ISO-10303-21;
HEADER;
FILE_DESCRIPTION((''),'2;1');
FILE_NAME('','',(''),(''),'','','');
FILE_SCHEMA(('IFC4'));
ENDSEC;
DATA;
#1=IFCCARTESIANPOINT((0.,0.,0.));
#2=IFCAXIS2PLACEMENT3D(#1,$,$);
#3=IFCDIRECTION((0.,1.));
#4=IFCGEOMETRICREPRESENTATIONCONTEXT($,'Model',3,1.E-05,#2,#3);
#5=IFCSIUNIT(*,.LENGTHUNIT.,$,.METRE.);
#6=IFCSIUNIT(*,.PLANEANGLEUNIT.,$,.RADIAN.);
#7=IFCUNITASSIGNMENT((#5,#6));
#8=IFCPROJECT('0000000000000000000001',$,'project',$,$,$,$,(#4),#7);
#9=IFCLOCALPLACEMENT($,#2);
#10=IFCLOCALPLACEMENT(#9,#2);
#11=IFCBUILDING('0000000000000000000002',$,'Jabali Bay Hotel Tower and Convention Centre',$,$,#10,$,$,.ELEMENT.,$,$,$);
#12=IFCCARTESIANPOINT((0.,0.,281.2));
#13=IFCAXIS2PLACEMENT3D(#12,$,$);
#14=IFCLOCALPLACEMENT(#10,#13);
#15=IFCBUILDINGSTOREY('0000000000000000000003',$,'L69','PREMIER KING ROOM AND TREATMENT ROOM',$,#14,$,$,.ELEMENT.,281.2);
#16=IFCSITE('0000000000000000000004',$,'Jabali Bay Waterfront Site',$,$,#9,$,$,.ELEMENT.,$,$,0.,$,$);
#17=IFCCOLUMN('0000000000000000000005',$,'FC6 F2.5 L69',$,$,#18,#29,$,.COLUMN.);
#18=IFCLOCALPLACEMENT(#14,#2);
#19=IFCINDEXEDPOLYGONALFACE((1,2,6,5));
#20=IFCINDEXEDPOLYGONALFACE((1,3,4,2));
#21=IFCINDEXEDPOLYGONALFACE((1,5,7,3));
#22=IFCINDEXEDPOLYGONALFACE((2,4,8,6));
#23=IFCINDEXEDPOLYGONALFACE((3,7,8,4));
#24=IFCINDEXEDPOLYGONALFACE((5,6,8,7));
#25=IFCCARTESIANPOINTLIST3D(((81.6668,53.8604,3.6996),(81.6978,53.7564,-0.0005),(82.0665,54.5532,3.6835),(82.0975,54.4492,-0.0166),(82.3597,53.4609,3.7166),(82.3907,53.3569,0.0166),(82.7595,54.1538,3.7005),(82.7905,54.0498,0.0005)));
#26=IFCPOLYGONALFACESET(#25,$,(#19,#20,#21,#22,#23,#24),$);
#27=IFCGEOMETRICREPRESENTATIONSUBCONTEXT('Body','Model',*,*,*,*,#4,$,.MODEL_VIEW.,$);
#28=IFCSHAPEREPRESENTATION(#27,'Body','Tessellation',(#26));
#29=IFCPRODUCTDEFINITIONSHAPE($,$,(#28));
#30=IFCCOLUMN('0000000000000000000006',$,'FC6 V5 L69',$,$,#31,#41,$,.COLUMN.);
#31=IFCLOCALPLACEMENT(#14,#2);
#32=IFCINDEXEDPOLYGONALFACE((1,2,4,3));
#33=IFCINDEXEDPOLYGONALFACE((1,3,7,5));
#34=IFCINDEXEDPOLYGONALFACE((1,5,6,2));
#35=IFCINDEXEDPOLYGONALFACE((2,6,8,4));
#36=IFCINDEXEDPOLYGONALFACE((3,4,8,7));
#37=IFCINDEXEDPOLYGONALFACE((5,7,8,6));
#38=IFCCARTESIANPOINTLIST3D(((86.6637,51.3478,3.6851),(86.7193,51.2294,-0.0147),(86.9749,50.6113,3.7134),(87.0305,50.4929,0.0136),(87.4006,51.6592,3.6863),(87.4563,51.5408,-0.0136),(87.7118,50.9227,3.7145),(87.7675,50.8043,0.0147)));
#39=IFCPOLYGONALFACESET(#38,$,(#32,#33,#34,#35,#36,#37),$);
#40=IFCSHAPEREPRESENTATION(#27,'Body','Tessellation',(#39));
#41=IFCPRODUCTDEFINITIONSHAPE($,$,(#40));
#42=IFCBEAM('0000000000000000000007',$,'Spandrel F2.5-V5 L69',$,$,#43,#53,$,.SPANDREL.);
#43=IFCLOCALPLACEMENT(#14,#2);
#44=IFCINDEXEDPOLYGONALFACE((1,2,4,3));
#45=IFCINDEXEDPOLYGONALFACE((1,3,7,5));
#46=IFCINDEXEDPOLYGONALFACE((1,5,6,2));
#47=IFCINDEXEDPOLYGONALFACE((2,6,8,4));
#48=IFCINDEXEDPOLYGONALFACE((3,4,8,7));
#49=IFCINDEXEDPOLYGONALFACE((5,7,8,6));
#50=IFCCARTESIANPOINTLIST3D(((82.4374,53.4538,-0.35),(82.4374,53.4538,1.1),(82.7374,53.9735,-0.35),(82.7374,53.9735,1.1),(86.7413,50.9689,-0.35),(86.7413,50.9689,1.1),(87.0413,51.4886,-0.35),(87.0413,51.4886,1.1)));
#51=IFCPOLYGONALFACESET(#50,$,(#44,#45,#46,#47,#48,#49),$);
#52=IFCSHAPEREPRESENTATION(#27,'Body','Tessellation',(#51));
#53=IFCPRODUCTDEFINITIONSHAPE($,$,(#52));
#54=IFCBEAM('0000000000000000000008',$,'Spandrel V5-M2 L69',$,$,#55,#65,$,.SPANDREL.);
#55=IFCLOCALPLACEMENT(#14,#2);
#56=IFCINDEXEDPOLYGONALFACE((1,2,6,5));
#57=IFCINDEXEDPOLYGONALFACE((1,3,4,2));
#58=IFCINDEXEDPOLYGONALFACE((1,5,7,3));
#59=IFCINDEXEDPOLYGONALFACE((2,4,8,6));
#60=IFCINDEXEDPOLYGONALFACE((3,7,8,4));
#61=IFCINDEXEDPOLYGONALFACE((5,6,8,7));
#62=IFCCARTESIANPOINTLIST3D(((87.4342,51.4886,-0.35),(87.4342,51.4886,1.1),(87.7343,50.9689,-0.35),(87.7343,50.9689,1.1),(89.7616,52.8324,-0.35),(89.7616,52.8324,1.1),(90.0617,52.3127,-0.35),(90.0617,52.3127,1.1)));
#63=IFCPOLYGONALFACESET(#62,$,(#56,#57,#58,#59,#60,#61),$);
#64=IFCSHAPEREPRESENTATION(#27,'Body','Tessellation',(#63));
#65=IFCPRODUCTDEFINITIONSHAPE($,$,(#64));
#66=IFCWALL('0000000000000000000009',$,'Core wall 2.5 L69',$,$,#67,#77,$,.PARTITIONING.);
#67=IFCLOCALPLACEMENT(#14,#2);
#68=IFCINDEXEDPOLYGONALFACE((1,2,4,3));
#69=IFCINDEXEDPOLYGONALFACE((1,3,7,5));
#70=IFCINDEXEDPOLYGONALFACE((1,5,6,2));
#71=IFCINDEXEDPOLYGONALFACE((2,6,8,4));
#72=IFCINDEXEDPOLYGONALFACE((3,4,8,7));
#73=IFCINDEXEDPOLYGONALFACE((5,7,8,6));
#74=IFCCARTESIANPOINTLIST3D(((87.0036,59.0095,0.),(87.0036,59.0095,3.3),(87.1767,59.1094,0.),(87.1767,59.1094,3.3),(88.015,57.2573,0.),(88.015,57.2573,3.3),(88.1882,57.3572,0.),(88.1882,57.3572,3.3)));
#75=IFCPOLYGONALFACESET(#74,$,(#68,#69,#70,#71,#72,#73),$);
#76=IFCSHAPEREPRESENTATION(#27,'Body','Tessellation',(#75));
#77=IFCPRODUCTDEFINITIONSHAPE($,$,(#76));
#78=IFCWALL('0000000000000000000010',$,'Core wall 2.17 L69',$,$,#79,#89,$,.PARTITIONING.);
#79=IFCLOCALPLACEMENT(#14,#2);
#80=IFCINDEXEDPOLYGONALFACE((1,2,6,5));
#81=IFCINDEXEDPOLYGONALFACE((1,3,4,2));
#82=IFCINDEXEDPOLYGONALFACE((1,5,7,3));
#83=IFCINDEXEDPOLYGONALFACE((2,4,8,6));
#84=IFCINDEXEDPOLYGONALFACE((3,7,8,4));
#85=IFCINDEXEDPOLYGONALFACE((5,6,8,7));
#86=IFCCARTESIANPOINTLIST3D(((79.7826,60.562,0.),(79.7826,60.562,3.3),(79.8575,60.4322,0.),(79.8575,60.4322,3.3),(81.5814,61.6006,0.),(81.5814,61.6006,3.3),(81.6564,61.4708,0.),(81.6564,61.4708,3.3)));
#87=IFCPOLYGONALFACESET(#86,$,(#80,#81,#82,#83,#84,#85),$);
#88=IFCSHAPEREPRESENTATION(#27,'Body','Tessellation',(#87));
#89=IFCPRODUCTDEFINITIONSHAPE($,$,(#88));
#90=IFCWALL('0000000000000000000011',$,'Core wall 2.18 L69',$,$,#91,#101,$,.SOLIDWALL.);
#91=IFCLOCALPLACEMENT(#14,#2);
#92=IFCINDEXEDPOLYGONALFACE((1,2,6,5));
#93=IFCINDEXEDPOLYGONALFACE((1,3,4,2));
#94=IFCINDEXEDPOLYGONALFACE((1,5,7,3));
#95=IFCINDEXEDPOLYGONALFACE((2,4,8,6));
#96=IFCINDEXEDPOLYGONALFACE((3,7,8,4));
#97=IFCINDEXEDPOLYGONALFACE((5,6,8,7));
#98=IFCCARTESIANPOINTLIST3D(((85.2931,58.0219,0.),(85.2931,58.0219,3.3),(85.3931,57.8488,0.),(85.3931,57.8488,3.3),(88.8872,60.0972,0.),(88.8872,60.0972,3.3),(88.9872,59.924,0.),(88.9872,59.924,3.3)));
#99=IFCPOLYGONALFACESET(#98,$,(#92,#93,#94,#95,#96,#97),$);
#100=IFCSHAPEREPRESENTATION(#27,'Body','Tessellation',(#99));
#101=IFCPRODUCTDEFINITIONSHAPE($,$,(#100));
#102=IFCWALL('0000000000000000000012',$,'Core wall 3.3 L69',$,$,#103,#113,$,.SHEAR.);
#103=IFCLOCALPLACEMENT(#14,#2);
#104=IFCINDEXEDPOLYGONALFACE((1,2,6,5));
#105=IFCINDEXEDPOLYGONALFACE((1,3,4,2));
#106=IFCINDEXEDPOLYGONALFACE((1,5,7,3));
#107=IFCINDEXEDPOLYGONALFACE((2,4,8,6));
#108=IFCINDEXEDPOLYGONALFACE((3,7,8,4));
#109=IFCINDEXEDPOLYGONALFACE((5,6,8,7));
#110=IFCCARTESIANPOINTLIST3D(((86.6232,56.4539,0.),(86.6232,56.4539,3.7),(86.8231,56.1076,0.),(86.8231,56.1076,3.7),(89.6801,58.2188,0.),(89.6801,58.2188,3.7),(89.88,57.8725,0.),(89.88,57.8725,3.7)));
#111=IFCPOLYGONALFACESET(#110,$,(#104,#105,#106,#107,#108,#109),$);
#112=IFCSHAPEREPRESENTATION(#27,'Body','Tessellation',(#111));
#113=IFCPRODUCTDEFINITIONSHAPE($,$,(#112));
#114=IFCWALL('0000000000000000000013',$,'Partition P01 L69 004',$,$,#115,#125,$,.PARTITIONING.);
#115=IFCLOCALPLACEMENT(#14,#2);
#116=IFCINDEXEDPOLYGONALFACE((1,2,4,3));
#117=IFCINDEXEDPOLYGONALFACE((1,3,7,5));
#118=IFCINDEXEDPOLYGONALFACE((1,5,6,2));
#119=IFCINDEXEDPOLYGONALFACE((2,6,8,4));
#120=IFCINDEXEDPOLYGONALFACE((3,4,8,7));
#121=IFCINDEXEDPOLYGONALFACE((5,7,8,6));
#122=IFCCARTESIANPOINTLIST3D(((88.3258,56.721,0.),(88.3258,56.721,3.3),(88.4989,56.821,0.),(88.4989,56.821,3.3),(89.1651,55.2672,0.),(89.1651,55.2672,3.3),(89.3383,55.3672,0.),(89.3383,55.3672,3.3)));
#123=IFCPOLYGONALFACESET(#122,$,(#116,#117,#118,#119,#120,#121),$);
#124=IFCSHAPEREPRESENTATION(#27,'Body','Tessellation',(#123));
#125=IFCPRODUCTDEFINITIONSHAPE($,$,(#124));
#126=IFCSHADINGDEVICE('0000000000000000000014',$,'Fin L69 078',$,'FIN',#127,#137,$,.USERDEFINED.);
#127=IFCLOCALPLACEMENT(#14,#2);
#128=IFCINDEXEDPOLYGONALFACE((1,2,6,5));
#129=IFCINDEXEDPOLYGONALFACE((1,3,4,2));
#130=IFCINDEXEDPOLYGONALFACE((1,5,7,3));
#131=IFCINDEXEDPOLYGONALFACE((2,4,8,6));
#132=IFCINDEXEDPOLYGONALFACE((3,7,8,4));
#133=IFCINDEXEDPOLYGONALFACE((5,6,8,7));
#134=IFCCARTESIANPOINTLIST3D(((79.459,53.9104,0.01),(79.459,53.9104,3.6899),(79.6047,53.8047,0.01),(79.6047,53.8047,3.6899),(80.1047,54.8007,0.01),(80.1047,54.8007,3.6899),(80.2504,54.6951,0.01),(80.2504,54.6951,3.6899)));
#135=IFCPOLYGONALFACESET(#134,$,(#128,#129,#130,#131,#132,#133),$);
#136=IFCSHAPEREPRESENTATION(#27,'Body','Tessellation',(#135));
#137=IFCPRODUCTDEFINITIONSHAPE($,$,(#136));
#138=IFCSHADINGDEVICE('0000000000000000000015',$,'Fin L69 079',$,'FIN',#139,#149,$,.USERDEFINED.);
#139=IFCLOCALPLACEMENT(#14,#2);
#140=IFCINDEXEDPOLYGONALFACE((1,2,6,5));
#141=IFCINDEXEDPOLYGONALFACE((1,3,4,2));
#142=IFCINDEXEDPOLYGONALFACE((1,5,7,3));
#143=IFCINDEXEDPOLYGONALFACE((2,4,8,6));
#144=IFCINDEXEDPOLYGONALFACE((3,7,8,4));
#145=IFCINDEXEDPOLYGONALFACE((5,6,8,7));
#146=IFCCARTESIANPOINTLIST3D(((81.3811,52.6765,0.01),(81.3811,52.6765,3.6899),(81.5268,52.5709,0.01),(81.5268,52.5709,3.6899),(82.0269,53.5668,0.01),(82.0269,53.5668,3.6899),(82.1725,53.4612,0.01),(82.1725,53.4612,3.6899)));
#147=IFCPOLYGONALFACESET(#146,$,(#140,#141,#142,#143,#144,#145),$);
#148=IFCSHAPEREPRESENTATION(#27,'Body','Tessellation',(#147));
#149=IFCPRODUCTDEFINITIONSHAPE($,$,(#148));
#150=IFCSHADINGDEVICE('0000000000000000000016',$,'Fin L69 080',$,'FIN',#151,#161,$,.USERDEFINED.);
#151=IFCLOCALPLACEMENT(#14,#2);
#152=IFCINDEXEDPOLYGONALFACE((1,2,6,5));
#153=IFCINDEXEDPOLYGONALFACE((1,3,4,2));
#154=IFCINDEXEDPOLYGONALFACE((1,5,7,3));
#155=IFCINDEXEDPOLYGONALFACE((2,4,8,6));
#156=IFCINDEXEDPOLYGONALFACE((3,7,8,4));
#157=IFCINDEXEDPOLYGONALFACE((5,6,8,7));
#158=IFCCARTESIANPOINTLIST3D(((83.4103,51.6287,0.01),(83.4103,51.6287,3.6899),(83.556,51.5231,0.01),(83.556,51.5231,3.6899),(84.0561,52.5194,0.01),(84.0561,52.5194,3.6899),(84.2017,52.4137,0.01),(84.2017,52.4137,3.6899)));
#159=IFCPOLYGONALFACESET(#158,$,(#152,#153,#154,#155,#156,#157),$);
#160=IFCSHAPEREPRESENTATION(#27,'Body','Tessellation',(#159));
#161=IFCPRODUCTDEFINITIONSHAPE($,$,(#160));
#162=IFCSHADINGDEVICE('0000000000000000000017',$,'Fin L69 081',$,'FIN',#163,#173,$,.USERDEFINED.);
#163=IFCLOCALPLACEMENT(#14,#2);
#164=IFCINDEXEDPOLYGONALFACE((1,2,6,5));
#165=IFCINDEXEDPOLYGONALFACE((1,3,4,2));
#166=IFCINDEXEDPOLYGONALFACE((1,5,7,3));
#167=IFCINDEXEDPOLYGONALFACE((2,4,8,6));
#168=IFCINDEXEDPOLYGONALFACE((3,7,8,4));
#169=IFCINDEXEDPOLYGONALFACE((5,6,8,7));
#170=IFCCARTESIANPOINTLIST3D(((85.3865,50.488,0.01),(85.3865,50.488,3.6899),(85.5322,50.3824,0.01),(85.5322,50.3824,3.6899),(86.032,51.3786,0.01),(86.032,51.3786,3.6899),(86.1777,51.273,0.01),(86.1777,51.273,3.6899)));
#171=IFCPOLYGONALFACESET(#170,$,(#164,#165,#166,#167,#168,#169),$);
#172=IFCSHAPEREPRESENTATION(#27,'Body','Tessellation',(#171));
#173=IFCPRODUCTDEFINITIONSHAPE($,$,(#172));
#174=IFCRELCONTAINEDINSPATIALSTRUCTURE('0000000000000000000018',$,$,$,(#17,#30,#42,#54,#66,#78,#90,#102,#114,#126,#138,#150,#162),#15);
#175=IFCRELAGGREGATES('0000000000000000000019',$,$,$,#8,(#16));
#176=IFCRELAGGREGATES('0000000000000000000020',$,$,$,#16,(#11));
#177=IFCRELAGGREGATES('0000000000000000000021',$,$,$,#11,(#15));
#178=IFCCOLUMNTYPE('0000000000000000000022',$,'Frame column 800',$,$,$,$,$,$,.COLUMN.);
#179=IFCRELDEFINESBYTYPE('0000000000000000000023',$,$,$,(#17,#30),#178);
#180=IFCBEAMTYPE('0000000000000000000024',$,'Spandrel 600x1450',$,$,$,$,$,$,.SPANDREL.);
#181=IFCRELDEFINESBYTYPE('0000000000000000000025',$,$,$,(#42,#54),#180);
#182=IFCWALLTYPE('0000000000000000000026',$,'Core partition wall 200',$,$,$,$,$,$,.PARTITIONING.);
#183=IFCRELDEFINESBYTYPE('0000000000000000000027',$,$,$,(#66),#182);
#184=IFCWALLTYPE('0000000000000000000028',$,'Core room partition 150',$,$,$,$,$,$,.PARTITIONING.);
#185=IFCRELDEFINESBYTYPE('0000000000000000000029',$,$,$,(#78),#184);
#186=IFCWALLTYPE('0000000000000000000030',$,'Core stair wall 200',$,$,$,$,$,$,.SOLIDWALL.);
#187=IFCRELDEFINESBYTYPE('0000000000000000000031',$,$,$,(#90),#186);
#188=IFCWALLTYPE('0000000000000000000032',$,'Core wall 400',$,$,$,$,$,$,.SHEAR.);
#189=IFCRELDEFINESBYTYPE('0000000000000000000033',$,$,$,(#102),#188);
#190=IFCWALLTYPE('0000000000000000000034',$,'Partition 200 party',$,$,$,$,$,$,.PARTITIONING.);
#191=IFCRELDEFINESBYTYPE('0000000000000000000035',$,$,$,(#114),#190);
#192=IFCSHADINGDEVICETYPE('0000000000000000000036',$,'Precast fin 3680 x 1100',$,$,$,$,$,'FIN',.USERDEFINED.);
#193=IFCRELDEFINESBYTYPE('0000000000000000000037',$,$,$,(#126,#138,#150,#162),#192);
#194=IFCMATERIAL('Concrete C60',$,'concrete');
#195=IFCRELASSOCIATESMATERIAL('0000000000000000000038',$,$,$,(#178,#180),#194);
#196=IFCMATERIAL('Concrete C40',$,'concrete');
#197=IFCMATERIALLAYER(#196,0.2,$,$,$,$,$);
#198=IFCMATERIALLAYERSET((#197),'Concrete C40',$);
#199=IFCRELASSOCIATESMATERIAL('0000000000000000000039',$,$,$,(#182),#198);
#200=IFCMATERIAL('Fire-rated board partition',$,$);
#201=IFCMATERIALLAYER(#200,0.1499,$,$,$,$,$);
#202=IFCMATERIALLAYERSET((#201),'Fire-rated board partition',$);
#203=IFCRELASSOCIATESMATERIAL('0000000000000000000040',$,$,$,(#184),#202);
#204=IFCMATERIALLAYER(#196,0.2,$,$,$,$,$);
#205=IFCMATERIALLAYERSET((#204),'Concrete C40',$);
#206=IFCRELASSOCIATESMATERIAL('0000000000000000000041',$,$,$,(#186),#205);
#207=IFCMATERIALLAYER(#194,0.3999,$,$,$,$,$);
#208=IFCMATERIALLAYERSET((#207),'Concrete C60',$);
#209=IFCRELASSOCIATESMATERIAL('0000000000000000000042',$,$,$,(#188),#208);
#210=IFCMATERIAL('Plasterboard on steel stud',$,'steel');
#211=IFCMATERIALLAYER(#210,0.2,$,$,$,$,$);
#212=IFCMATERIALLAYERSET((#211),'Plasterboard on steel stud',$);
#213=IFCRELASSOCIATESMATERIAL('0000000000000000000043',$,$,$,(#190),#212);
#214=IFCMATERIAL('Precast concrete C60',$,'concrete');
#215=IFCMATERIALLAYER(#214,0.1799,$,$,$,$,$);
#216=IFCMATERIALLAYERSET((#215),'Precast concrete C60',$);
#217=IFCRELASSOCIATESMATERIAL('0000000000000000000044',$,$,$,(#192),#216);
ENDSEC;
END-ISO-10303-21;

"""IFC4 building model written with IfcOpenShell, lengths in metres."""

from ifc_helpers import new_model, si_unit, direction, frame, frame_2d, origin, origin_2d, place, context, subcontext, project, spatial, rectangle, extrude, material, layer, layer_set, material_profile, profile_set, type_object, element, save


model = new_model("IFC4")

# Units and contexts
model_context = context("Model", 3, precision=1e-05, world=origin(), true_north=direction((0.0, 1.0)))
body_context = subcontext(model_context, "Body", "Model", "MODEL_VIEW")
ifc_project = project(units=[si_unit("LENGTHUNIT", "METRE"), si_unit("PLANEANGLEUNIT", "RADIAN")], contexts=[model_context])

# Site, building, storey
site_placement = place(None, origin())
site = spatial("IfcSite", under=ifc_project, at=site_placement, Name="Jabali Bay Waterfront Site", CompositionType="ELEMENT", RefElevation=0.0)
building_placement = place(site_placement, origin())
building = spatial("IfcBuilding", under=site, at=building_placement, Name="Jabali Bay Hotel Tower and Convention Centre", CompositionType="ELEMENT")
storey_placement = place(building_placement, frame((0.0, 0.0, 281.2)))
storey = spatial("IfcBuildingStorey", under=building, at=storey_placement, Name="L69", Description="PREMIER KING ROOM AND TREATMENT ROOM", CompositionType="ELEMENT", Elevation=281.2)

# Columns
ifc_material_1 = material(Name="Concrete C60", Category="concrete")
ifc_material_profile_1 = material_profile(ifc_material_1, rectangle(XDim=0.8, YDim=0.8, at=origin_2d()), Name="Frame column 800")
ifc_profile_set_1 = profile_set([ifc_material_profile_1], Name="Concrete C60")
column_type = type_object("IfcColumnType", Name="Frame column 800", PredefinedType="COLUMN", material=ifc_profile_set_1)
column_1_placement = place(storey_placement, frame((82.2441, 53.9031, 0.0), z_axis=(-0.008376, 0.028097, 0.99957), x_axis=(-0.499676, -0.865978, 0.020155)))
element("IfcColumn", 1, at=column_1_placement, inside=storey, type_object=column_type, Name="FC6 F2.5 L69", PredefinedType="COLUMN", context=body_context, shape_type="SweptSolid", body=[
    extrude(rectangle(XDim=0.8, YDim=0.8, at=origin_2d()), origin(), (0.0, 0.0, 1.0), 3.7017),
])
column_2_placement = place(storey_placement, frame((87.2434, 51.0168, 0.0), z_axis=(-0.015035, 0.031983, 0.999375), x_axis=(0.388938, -0.920587, 0.035313)))
element("IfcColumn", 2, at=column_2_placement, inside=storey, type_object=column_type, Name="FC6 V5 L69", PredefinedType="COLUMN", context=body_context, shape_type="SweptSolid", body=[
    extrude(rectangle(XDim=0.8, YDim=0.8, at=origin_2d()), origin(), (0.0, 0.0, 1.0), 3.7021),
])

# Beams
ifc_material_profile_2 = material_profile(ifc_material_1, rectangle(XDim=0.6001, YDim=1.45, at=origin_2d()), Name="Spandrel 600x1450")
ifc_profile_set_2 = profile_set([ifc_material_profile_2], Name="Concrete C60")
beam_type = type_object("IfcBeamType", Name="Spandrel 600x1450", PredefinedType="SPANDREL", material=ifc_profile_set_2)
beam_1_placement = place(storey_placement, frame((82.5874, 53.7136, 0.375), z_axis=(0.866028, -0.499996, 0.0), x_axis=(0.499996, 0.866028, 0.0)))
element("IfcBeam", 3, at=beam_1_placement, inside=storey, type_object=beam_type, Name="Spandrel F2.5-V5 L69", PredefinedType="SPANDREL", context=body_context, shape_type="SweptSolid", body=[
    extrude(rectangle(XDim=0.6001, YDim=1.45, at=origin_2d()), origin(), (0.0, 0.0, 1.0), 4.9697),
])
beam_2_placement = place(storey_placement, frame((87.5842, 51.2288, 0.375), z_axis=(0.866021, 0.500008, 0.0), x_axis=(-0.500008, 0.866021, 0.0)))
element("IfcBeam", 4, at=beam_2_placement, inside=storey, type_object=beam_type, Name="Spandrel V5-M2 L69", PredefinedType="SPANDREL", context=body_context, shape_type="SweptSolid", body=[
    extrude(rectangle(XDim=0.6001, YDim=1.45, at=origin_2d()), origin(), (0.0, 0.0, 1.0), 2.6875),
])

# Walls
ifc_material_2 = material(Name="Concrete C40", Category="concrete")
ifc_layer_1 = layer(ifc_material_2, 0.2)
ifc_layer_set_1 = layer_set([ifc_layer_1], Name="Concrete C40")
wall_type_1 = type_object("IfcWallType", Name="Core partition wall 200", PredefinedType="PARTITIONING", material=ifc_layer_set_1)
wall_1_placement = place(storey_placement, frame((87.0901, 59.0596, 0.0), z_axis=(0.0, 0.0, 1.0), x_axis=(0.499942, -0.866059, 0.0)))
element("IfcWall", 5, at=wall_1_placement, inside=storey, type_object=wall_type_1, Name="Core wall 2.5 L69", PredefinedType="PARTITIONING", context=body_context, shape_type="SweptSolid", body=[
    extrude(rectangle(XDim=2.0232, YDim=0.2, at=frame_2d((1.0117, 0.0))), origin(), (0.0, 0.0, 1.0), 3.3),
])
ifc_material_3 = material(Name="Fire-rated board partition")
ifc_layer_2 = layer(ifc_material_3, 0.1499)
ifc_layer_set_2 = layer_set([ifc_layer_2], Name="Fire-rated board partition")
wall_type_2 = type_object("IfcWallType", Name="Core room partition 150", PredefinedType="PARTITIONING", material=ifc_layer_set_2)
wall_2_placement = place(storey_placement, frame((79.8201, 60.4971, 0.0), z_axis=(0.0, 0.0, 1.0), x_axis=(0.866021, 0.500007, 0.0)))
element("IfcWall", 6, at=wall_2_placement, inside=storey, type_object=wall_type_2, Name="Core wall 2.17 L69", PredefinedType="PARTITIONING", context=body_context, shape_type="SweptSolid", body=[
    extrude(rectangle(XDim=2.0771, YDim=0.1499, at=frame_2d((1.0386, 0.0))), origin(), (0.0, 0.0, 1.0), 3.3),
])
ifc_layer_3 = layer(ifc_material_2, 0.2)
ifc_layer_set_3 = layer_set([ifc_layer_3], Name="Concrete C40")
wall_type_3 = type_object("IfcWallType", Name="Core stair wall 200", PredefinedType="SOLIDWALL", material=ifc_layer_set_3)
wall_3_placement = place(storey_placement, frame((85.343, 57.9353, 0.0), z_axis=(0.0, 0.0, 1.0), x_axis=(0.866004, 0.500036, 0.0)))
element("IfcWall", 7, at=wall_3_placement, inside=storey, type_object=wall_type_3, Name="Core wall 2.18 L69", PredefinedType="SOLIDWALL", context=body_context, shape_type="SweptSolid", body=[
    extrude(rectangle(XDim=4.1501, YDim=0.2, at=frame_2d((2.0752, 0.0))), origin(), (0.0, 0.0, 1.0), 3.3),
])
ifc_layer_4 = layer(ifc_material_1, 0.3999)
ifc_layer_set_4 = layer_set([ifc_layer_4], Name="Concrete C60")
wall_type_4 = type_object("IfcWallType", Name="Core wall 400", PredefinedType="SHEAR", material=ifc_layer_set_4)
wall_4_placement = place(storey_placement, frame((86.7231, 56.2808, 0.0), z_axis=(0.0, 0.0, 1.0), x_axis=(0.866025, 0.5, 0.0)))
element("IfcWall", 8, at=wall_4_placement, inside=storey, type_object=wall_type_4, Name="Core wall 3.3 L69", PredefinedType="SHEAR", context=body_context, shape_type="SweptSolid", body=[
    extrude(rectangle(XDim=3.5298, YDim=0.3999, at=frame_2d((1.7649, 0.0))), origin(), (0.0, 0.0, 1.0), 3.7),
])

# Wall
ifc_material_4 = material(Name="Plasterboard on steel stud", Category="steel")
ifc_layer_5 = layer(ifc_material_4, 0.2)
ifc_layer_set_5 = layer_set([ifc_layer_5], Name="Plasterboard on steel stud")
wall_type_5 = type_object("IfcWallType", Name="Partition 200 party", PredefinedType="PARTITIONING", material=ifc_layer_set_5)
wall_5_placement = place(storey_placement, frame((88.4124, 56.771, 0.0), z_axis=(0.0, 0.0, 1.0), x_axis=(0.499987, -0.866033, 0.0)))
element("IfcWall", 9, at=wall_5_placement, inside=storey, type_object=wall_type_5, Name="Partition P01 L69 004", PredefinedType="PARTITIONING", context=body_context, shape_type="SweptSolid", body=[
    extrude(rectangle(XDim=1.6787, YDim=0.2, at=frame_2d((0.8394, 0.0))), origin(), (0.0, 0.0, 1.0), 3.3),
])

# Shading devices
ifc_material_5 = material(Name="Precast concrete C60", Category="concrete")
ifc_layer_6 = layer(ifc_material_5, 0.1799)
ifc_layer_set_6 = layer_set([ifc_layer_6], Name="Precast concrete C60")
shading_device_type_1 = type_object("IfcShadingDeviceType", Name="Precast fin 3680 x 1100", ElementType="FIN", PredefinedType="USERDEFINED", material=ifc_layer_set_6)
for number, where, z_axis, x_axis, name in (
    (10, (80.1775, 54.7478, 0.01), (0.0, 0.0, 1.0), (-0.587102, -0.809513, 0.0), "Fin L69 078"),
    (11, (82.0996, 53.5139, 0.01), (0.0, 0.0, 1.0), (-0.587102, -0.809513, 0.0), "Fin L69 079"),
):
    element("IfcShadingDevice", number, at=place(storey_placement, frame(where, z_axis=z_axis, x_axis=x_axis)), inside=storey, type_object=shading_device_type_1, Name=name, ObjectType="FIN", PredefinedType="USERDEFINED", context=body_context, shape_type="SweptSolid", body=[
        extrude(rectangle(XDim=1.0999, YDim=0.1799, at=frame_2d((0.5498, 0.0))), origin(), (0.0, 0.0, 1.0), 3.6799),
    ])
shading_device_1_placement = place(storey_placement, frame((84.1289, 52.4666, 0.01), z_axis=(0.0, 0.0, 1.0), x_axis=(-0.586997, -0.809589, 0.0)))
element("IfcShadingDevice", 12, at=shading_device_1_placement, inside=storey, type_object=shading_device_type_1, Name="Fin L69 080", ObjectType="FIN", PredefinedType="USERDEFINED", context=body_context, shape_type="SweptSolid", body=[
    extrude(rectangle(XDim=1.1001, YDim=0.1799, at=frame_2d((0.55, 0.0))), origin(), (0.0, 0.0, 1.0), 3.6799),
])
shading_device_2_placement = place(storey_placement, frame((86.1047, 51.3257, 0.01), z_axis=(0.0, 0.0, 1.0), x_axis=(-0.586851, -0.809695, 0.0)))
element("IfcShadingDevice", 13, at=shading_device_2_placement, inside=storey, type_object=shading_device_type_1, Name="Fin L69 081", ObjectType="FIN", PredefinedType="USERDEFINED", context=body_context, shape_type="SweptSolid", body=[
    extrude(rectangle(XDim=1.0999, YDim=0.1799, at=frame_2d((0.5498, 0.0))), origin(), (0.0, 0.0, 1.0), 3.6799),
])

save(model, "model.ifc")
